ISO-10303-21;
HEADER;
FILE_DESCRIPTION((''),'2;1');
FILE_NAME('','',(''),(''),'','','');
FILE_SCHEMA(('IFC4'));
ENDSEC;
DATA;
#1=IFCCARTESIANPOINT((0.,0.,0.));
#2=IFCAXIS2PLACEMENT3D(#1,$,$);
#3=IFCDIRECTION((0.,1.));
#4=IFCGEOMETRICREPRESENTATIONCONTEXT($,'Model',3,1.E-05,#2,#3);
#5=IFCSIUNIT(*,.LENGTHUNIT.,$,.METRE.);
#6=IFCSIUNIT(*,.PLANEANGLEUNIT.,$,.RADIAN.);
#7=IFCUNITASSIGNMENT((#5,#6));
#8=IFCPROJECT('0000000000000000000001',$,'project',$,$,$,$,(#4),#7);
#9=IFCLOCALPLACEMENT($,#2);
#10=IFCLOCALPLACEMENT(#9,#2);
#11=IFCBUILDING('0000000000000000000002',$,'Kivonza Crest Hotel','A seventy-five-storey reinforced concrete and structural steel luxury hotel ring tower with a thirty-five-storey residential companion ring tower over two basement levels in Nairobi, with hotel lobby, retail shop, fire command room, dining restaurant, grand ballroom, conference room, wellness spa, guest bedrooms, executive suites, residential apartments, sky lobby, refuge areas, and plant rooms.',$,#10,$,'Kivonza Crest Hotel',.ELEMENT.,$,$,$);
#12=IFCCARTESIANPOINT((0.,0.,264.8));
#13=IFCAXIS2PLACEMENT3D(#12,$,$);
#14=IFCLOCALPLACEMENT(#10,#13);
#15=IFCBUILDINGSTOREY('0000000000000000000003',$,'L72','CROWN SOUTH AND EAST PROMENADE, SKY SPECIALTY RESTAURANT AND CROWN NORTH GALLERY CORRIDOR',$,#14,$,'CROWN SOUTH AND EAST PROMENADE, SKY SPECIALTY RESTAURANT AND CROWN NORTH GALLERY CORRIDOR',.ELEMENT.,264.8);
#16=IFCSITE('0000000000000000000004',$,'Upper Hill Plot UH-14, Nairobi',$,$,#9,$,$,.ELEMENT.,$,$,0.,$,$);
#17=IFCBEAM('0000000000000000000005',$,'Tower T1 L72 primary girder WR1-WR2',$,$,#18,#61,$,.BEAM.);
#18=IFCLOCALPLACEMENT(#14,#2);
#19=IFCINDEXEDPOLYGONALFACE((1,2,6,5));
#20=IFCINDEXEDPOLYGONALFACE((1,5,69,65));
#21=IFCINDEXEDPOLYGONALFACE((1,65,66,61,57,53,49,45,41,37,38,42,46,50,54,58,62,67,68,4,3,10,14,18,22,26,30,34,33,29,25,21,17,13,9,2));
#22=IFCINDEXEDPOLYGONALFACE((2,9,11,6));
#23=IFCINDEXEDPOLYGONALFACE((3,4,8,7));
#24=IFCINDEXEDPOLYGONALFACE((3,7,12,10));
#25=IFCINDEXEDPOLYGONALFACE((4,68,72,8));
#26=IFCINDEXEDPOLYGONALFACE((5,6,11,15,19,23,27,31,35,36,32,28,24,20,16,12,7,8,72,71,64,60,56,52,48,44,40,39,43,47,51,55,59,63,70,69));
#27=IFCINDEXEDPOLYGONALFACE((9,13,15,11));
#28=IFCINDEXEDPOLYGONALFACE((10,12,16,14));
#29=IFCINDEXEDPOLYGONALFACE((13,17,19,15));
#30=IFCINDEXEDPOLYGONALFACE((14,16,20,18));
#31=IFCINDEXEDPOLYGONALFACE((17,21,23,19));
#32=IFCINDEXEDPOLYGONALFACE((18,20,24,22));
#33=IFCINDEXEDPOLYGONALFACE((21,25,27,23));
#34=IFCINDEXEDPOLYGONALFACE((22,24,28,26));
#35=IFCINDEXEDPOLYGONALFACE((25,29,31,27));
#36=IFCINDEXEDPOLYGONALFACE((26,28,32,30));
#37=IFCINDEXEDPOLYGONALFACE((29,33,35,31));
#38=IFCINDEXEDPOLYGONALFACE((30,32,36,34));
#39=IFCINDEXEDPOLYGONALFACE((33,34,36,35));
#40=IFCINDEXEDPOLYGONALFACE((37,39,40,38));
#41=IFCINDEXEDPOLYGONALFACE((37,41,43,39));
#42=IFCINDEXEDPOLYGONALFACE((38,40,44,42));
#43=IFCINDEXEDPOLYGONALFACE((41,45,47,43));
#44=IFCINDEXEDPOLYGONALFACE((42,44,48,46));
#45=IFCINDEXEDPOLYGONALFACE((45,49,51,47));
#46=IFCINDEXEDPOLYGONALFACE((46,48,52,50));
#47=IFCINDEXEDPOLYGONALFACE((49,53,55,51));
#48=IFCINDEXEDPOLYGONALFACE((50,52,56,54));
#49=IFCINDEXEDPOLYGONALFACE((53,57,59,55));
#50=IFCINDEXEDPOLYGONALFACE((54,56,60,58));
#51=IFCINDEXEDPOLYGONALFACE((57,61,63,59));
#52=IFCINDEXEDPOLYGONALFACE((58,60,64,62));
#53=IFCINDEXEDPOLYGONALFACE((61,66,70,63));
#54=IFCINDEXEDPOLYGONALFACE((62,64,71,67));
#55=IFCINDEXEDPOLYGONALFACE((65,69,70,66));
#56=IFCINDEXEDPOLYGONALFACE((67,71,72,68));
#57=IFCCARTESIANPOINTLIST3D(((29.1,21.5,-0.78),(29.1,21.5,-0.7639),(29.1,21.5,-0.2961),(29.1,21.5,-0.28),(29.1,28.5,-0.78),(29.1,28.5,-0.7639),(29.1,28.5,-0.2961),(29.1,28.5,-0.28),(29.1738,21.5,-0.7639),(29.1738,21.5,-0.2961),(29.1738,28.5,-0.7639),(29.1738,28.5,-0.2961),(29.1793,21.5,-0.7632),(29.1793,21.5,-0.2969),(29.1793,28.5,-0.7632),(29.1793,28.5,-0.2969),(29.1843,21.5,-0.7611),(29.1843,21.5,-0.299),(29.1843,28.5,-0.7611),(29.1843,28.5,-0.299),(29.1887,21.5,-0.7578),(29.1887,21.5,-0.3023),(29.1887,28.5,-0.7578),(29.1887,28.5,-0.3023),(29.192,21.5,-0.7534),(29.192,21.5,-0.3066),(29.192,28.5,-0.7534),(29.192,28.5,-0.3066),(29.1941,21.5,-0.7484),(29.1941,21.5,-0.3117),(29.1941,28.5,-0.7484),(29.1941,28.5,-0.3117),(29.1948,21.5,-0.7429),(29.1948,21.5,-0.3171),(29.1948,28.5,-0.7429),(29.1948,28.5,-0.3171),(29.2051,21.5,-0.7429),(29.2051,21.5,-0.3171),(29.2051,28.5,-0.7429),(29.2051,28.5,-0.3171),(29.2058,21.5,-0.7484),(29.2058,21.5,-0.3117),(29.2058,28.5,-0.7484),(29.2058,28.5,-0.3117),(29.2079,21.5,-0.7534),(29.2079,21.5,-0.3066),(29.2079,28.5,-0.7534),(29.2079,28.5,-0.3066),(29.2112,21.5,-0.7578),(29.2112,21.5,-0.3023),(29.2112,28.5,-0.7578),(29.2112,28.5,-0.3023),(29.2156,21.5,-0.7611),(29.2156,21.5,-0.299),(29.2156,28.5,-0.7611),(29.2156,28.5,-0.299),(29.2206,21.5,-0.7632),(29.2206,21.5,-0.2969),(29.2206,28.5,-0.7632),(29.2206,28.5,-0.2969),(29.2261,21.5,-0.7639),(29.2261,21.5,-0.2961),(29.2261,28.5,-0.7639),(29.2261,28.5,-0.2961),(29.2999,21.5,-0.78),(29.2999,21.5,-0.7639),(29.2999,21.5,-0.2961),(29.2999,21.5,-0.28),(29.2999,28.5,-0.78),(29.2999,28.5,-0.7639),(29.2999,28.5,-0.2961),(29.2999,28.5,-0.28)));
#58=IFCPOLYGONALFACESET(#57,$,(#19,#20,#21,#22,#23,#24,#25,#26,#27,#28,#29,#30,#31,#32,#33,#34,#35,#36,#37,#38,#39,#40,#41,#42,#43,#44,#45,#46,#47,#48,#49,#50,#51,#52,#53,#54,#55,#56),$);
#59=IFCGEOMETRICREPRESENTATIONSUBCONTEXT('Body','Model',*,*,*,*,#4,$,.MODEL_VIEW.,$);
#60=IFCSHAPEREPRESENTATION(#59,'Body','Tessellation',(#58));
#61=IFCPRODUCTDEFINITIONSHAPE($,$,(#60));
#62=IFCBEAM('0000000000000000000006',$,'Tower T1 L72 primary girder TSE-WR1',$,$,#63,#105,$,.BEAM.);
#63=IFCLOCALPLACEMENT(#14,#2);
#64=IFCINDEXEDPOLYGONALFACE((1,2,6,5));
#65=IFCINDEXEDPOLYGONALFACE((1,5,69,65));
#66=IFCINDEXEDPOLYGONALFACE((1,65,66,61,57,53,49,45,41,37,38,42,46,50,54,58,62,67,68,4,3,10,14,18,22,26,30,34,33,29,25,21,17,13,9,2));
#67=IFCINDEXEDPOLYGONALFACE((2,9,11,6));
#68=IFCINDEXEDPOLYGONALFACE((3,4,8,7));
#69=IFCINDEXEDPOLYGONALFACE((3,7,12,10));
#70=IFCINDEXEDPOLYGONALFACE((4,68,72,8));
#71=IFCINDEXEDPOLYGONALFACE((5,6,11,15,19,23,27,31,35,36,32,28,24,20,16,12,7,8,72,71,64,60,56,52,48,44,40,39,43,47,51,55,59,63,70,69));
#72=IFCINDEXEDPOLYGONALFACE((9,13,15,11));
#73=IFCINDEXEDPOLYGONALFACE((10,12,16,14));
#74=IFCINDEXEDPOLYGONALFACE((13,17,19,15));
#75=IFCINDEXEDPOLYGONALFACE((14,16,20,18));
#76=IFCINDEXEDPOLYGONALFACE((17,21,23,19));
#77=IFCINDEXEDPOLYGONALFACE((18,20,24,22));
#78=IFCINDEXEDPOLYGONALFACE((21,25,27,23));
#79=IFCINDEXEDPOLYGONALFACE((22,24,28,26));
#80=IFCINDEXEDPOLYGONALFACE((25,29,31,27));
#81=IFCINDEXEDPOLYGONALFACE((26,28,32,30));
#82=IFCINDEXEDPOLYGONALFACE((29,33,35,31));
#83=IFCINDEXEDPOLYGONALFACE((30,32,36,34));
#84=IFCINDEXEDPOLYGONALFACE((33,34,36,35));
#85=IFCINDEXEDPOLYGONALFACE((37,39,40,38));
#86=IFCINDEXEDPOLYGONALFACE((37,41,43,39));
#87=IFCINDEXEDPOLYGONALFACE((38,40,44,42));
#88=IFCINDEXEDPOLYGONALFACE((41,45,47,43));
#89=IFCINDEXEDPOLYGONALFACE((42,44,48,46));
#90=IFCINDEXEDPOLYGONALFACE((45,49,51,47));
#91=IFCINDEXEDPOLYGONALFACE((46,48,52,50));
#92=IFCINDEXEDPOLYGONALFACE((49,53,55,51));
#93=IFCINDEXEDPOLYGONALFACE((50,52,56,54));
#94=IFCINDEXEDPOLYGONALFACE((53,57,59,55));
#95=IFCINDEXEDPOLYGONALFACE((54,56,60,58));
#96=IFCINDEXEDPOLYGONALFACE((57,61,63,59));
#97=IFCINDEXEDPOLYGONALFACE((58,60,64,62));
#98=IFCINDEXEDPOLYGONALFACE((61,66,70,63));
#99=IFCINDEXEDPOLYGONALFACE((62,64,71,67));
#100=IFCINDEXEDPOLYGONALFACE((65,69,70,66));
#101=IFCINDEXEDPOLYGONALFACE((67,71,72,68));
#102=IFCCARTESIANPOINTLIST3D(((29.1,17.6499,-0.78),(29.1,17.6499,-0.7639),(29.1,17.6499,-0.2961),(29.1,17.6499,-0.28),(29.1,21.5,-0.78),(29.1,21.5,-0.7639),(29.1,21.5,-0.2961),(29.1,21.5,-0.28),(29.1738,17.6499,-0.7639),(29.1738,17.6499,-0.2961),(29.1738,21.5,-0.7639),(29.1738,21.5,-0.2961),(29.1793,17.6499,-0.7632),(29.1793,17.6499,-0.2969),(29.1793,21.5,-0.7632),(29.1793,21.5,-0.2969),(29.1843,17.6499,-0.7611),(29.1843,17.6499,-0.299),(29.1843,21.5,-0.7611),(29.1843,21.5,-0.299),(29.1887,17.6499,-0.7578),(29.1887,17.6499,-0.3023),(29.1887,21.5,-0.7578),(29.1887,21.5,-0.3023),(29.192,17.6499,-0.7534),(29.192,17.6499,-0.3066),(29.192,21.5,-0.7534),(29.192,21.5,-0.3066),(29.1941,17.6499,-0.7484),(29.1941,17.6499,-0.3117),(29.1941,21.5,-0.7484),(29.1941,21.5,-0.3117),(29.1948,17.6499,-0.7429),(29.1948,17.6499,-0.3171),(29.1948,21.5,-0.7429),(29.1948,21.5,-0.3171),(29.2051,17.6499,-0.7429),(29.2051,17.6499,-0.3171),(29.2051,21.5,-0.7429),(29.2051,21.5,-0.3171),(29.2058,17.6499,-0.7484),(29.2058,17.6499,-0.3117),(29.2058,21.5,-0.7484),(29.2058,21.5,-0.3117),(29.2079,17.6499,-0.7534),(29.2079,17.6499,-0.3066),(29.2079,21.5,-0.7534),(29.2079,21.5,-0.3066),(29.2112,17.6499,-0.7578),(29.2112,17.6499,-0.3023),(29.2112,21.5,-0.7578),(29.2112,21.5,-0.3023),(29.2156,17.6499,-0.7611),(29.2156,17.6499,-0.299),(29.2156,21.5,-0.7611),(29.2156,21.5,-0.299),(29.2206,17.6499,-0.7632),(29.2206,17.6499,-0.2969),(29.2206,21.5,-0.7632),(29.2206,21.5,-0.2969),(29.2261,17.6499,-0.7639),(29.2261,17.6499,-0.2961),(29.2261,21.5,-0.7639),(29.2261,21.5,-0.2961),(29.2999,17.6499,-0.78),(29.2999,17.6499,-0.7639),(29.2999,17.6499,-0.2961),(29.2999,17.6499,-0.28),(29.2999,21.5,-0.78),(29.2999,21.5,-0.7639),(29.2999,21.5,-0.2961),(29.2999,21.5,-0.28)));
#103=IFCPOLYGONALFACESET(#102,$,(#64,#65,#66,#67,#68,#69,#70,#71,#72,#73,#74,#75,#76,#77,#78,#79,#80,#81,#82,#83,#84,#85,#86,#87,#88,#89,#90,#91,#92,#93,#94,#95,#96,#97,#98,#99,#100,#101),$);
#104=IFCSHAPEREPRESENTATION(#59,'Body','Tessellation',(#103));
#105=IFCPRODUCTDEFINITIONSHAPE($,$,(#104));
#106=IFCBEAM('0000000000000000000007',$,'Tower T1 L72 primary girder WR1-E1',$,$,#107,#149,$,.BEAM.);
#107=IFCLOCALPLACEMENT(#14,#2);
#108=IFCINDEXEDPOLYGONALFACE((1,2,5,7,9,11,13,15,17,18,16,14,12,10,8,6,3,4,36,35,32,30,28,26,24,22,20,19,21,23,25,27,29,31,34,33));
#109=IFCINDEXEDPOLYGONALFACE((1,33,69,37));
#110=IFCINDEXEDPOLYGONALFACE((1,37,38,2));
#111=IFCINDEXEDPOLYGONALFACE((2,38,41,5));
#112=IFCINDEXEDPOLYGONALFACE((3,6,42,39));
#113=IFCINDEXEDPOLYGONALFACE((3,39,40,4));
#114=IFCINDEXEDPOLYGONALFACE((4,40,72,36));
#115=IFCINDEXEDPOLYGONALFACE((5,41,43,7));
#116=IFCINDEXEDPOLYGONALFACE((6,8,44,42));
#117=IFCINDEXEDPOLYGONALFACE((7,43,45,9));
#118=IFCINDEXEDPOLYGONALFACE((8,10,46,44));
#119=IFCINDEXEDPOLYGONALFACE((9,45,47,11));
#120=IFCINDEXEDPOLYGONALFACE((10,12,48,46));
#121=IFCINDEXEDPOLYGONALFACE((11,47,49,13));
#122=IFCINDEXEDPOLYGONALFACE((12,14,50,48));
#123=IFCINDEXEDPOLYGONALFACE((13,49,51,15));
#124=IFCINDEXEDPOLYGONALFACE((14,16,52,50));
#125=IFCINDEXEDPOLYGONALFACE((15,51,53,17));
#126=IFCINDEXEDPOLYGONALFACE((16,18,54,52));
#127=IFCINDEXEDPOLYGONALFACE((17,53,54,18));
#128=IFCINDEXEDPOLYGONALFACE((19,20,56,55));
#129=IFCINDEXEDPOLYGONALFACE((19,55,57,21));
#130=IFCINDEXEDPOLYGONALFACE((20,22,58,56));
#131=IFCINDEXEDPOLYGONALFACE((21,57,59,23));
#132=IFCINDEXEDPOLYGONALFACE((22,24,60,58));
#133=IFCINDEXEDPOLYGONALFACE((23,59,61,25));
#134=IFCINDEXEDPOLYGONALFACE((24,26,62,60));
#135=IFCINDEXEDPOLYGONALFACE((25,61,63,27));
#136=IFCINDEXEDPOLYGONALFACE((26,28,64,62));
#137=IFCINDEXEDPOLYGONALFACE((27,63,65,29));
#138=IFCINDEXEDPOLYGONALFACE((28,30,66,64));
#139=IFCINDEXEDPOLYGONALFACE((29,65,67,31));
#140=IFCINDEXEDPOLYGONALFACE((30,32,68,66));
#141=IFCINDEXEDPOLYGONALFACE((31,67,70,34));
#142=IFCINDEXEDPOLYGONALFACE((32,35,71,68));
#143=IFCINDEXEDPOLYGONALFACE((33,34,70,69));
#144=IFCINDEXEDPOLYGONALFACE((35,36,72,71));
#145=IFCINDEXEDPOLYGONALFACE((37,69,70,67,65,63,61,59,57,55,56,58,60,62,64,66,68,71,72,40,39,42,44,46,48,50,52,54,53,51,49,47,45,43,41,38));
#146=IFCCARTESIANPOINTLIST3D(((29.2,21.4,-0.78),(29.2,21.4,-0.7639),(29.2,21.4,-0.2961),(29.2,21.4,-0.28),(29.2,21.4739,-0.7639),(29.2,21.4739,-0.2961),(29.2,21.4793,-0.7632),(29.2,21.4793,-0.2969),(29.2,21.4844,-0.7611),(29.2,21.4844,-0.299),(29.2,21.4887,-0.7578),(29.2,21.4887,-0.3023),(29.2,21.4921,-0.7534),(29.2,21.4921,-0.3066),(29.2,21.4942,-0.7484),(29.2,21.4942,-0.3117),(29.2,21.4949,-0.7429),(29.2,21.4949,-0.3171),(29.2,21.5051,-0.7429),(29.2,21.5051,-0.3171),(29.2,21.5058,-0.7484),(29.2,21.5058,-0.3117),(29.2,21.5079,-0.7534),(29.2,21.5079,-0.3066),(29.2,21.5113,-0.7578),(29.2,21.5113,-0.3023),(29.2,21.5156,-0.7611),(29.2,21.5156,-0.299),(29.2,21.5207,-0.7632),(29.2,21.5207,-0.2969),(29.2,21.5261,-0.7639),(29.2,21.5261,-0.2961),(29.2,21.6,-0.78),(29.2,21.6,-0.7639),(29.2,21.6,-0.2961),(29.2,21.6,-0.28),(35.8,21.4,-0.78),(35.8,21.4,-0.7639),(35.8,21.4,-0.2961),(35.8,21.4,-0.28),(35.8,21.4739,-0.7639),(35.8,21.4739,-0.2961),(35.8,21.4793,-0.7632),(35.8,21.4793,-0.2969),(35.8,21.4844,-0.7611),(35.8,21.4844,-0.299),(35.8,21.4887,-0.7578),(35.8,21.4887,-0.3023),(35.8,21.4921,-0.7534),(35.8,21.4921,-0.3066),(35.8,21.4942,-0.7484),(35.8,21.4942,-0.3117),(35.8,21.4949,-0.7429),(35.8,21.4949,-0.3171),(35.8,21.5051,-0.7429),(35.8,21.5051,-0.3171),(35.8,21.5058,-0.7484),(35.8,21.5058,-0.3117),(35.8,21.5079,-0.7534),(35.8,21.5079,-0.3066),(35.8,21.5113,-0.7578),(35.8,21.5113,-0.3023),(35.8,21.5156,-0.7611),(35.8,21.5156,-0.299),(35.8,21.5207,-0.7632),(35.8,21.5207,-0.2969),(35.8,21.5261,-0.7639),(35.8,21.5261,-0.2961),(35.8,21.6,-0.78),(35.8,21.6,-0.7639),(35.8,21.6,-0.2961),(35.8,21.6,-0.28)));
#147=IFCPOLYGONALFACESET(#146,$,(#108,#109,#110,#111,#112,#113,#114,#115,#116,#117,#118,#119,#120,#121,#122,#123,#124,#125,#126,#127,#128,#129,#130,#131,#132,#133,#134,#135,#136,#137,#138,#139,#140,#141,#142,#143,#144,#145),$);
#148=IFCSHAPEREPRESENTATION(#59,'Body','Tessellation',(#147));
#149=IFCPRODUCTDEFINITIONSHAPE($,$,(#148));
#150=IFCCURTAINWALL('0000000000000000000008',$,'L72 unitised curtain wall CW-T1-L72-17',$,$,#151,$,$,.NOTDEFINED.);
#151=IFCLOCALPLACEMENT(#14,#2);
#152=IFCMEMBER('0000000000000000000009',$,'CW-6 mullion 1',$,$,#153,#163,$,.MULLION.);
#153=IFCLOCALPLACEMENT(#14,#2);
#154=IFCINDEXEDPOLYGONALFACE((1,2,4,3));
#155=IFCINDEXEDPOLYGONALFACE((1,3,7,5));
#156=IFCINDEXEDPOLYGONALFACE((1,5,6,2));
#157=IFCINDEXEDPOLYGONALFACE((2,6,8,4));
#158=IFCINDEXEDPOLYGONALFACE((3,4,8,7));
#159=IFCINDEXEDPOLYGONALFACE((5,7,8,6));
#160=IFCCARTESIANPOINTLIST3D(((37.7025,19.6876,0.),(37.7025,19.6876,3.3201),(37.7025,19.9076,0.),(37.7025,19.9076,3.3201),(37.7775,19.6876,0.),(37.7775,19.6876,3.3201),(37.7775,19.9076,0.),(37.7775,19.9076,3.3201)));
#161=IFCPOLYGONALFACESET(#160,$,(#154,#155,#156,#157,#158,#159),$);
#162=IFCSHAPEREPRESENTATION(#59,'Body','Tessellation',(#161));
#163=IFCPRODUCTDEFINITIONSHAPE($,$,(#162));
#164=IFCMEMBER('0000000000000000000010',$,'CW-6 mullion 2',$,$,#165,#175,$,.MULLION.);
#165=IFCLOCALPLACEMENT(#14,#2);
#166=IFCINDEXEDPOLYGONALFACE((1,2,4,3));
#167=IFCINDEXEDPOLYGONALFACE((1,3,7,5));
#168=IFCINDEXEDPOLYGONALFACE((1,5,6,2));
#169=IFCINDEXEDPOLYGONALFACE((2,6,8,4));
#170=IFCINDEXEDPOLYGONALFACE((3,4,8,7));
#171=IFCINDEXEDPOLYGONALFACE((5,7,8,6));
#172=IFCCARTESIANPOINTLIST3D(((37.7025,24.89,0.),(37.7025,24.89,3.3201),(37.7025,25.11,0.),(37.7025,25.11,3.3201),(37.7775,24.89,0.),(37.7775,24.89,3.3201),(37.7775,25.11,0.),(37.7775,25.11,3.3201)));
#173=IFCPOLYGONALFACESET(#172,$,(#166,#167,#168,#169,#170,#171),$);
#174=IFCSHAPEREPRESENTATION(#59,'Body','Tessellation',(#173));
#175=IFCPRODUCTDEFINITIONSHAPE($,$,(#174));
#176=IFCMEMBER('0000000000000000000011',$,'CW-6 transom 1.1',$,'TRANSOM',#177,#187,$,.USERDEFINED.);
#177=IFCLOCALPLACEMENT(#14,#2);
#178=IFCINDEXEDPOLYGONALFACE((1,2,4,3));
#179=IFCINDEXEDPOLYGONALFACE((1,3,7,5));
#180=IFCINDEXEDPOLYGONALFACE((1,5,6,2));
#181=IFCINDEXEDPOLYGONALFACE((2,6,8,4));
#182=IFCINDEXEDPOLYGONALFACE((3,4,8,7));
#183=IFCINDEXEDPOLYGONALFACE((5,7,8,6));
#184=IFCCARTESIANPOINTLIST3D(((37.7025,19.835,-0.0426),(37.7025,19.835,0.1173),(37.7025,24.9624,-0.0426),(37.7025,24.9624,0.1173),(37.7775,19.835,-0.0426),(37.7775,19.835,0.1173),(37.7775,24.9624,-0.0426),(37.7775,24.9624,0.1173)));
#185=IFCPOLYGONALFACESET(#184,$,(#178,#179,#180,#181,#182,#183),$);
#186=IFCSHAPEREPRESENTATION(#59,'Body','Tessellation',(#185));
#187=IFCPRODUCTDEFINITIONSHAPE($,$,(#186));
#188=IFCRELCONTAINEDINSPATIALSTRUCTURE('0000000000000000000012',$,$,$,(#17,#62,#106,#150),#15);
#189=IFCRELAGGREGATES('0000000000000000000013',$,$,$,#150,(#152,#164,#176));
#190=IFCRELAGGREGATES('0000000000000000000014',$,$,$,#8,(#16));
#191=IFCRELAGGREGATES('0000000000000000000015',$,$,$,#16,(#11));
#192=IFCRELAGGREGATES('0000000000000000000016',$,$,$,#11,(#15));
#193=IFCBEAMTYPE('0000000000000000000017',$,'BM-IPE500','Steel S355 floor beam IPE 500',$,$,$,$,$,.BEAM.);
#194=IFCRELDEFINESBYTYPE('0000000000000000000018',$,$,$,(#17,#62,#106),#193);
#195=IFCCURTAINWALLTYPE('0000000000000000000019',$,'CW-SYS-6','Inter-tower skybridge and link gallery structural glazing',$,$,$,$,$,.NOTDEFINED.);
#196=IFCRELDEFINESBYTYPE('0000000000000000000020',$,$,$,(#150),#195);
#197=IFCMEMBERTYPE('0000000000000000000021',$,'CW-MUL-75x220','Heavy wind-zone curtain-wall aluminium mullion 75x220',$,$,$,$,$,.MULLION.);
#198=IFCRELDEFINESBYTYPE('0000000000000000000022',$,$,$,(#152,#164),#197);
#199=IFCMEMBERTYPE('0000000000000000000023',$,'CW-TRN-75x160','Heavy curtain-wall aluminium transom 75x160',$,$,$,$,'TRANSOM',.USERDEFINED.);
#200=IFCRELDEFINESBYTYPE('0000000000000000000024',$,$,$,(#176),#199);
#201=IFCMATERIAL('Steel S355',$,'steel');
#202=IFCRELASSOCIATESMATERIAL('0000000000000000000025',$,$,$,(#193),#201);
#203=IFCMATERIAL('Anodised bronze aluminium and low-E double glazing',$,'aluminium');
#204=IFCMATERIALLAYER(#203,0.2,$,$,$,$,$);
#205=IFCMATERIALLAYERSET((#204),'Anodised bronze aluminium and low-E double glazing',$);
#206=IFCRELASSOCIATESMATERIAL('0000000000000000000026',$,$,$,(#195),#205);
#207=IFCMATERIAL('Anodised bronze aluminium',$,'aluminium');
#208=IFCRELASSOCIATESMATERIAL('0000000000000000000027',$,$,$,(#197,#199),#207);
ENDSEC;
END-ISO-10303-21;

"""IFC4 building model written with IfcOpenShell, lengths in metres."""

from ifc_helpers import new_model, si_unit, direction, frame, origin, origin_2d, place, context, subcontext, project, spatial, rectangle, i_section, extrude, material, layer, layer_set, material_profile, profile_set, type_object, element, aggregate, save


model = new_model("IFC4")

# Units and contexts
model_context = context("Model", 3, precision=1e-05, world=origin(), true_north=direction((0.0, 1.0)))
body_context = subcontext(model_context, "Body", "Model", "MODEL_VIEW")
ifc_project = project(units=[si_unit("LENGTHUNIT", "METRE"), si_unit("PLANEANGLEUNIT", "RADIAN")], contexts=[model_context])

# Site, building, storey
site_placement = place(None, origin())
site = spatial("IfcSite", under=ifc_project, at=site_placement, Name="Upper Hill Plot UH-14, Nairobi", CompositionType="ELEMENT", RefElevation=0.0)
building_placement = place(site_placement, origin())
building = spatial("IfcBuilding", under=site, at=building_placement, Name="Kivonza Crest Hotel", Description="A seventy-five-storey reinforced concrete and structural steel luxury hotel ring tower with a thirty-five-storey residential companion ring tower over two basement levels in Nairobi, with hotel lobby, retail shop, fire command room, dining restaurant, grand ballroom, conference room, wellness spa, guest bedrooms, executive suites, residential apartments, sky lobby, refuge areas, and plant rooms.", LongName="Kivonza Crest Hotel", CompositionType="ELEMENT")
storey_placement = place(building_placement, frame((0.0, 0.0, 264.8)))
storey = spatial("IfcBuildingStorey", under=building, at=storey_placement, Name="L72", Description="CROWN SOUTH AND EAST PROMENADE, SKY SPECIALTY RESTAURANT AND CROWN NORTH GALLERY CORRIDOR", LongName="CROWN SOUTH AND EAST PROMENADE, SKY SPECIALTY RESTAURANT AND CROWN NORTH GALLERY CORRIDOR", CompositionType="ELEMENT", Elevation=264.8)

# Beams
ifc_material_1 = material(Name="Steel S355", Category="steel")
ifc_material_profile_1 = material_profile(ifc_material_1, i_section(OverallWidth=0.2, OverallDepth=0.5, WebThickness=0.0103, FlangeThickness=0.0161, FilletRadius=0.021, at=origin_2d()), Name="IPE 500")
ifc_profile_set_1 = profile_set([ifc_material_profile_1], Name="Steel S355")
beam_type_1 = type_object("IfcBeamType", Name="BM-IPE500", Description="Steel S355 floor beam IPE 500", PredefinedType="BEAM", material=ifc_profile_set_1)
beam_1_placement = place(storey_placement, frame((29.2, 21.5, -0.53), z_axis=(0.0, 1.0, 0.0), x_axis=(-1.0, 0.0, 0.0)))
element("IfcBeam", 1, at=beam_1_placement, inside=storey, type_object=beam_type_1, Name="Tower T1 L72 primary girder WR1-WR2", PredefinedType="BEAM", context=body_context, shape_type="SweptSolid", body=[
    extrude(i_section(OverallWidth=0.2, OverallDepth=0.5, WebThickness=0.0103, FlangeThickness=0.0161, FilletRadius=0.021, at=origin_2d()), origin(), (0.0, 0.0, 1.0), 7.0),
])
beam_2_placement = place(storey_placement, frame((29.2, 17.6499, -0.53), z_axis=(0.0, 1.0, 0.0), x_axis=(-1.0, 0.0, 0.0)))
element("IfcBeam", 2, at=beam_2_placement, inside=storey, type_object=beam_type_1, Name="Tower T1 L72 primary girder TSE-WR1", PredefinedType="BEAM", context=body_context, shape_type="SweptSolid", body=[
    extrude(i_section(OverallWidth=0.2, OverallDepth=0.5, WebThickness=0.0103, FlangeThickness=0.0161, FilletRadius=0.021, at=origin_2d()), origin(), (0.0, 0.0, 1.0), 3.8501),
])
beam_3_placement = place(storey_placement, frame((29.2, 21.5, -0.53), z_axis=(1.0, 0.0, 0.0), x_axis=(0.0, 1.0, 0.0)))
element("IfcBeam", 3, at=beam_3_placement, inside=storey, type_object=beam_type_1, Name="Tower T1 L72 primary girder WR1-E1", PredefinedType="BEAM", context=body_context, shape_type="SweptSolid", body=[
    extrude(i_section(OverallWidth=0.2, OverallDepth=0.5, WebThickness=0.0103, FlangeThickness=0.0161, FilletRadius=0.021, at=origin_2d()), origin(), (0.0, 0.0, 1.0), 6.6001),
])

# Curtain wall, members
ifc_material_2 = material(Name="Anodised bronze aluminium and low-E double glazing", Category="aluminium")
ifc_layer_1 = layer(ifc_material_2, 0.2)
ifc_layer_set_1 = layer_set([ifc_layer_1], Name="Anodised bronze aluminium and low-E double glazing")
curtain_wall_type = type_object("IfcCurtainWallType", Name="CW-SYS-6", Description="Inter-tower skybridge and link gallery structural glazing", PredefinedType="NOTDEFINED", material=ifc_layer_set_1)
curtain_wall_placement = place(storey_placement, origin())
curtain_wall = element("IfcCurtainWall", 4, at=curtain_wall_placement, inside=storey, type_object=curtain_wall_type, Name="L72 unitised curtain wall CW-T1-L72-17", PredefinedType="NOTDEFINED")
ifc_material_3 = material(Name="Anodised bronze aluminium", Category="aluminium")
ifc_material_profile_2 = material_profile(ifc_material_3, rectangle(XDim=0.075, YDim=0.22, at=origin_2d()), Name="CW-M 75x220")
ifc_profile_set_2 = profile_set([ifc_material_profile_2], Name="Anodised bronze aluminium")
member_type_1 = type_object("IfcMemberType", Name="CW-MUL-75x220", Description="Heavy wind-zone curtain-wall aluminium mullion 75x220", PredefinedType="MULLION", material=ifc_profile_set_2)
member_1_placement = place(storey_placement, frame((37.74, 19.7976, 0.0), z_axis=(0.0, 0.0, 1.0), x_axis=(-1.0, 0.0, 0.0)))
member_1 = element("IfcMember", 5, at=member_1_placement, type_object=member_type_1, Name="CW-6 mullion 1", PredefinedType="MULLION", context=body_context, shape_type="SweptSolid", body=[
    extrude(rectangle(XDim=0.075, YDim=0.22, at=origin_2d()), origin(), (0.0, 0.0, 1.0), 3.3201),
])
member_2_placement = place(storey_placement, frame((37.74, 25.0, 0.0), z_axis=(0.0, 0.0, 1.0), x_axis=(-1.0, 0.0, 0.0)))
member_2 = element("IfcMember", 6, at=member_2_placement, type_object=member_type_1, Name="CW-6 mullion 2", PredefinedType="MULLION", context=body_context, shape_type="SweptSolid", body=[
    extrude(rectangle(XDim=0.075, YDim=0.22, at=origin_2d()), origin(), (0.0, 0.0, 1.0), 3.3201),
])
ifc_material_profile_3 = material_profile(ifc_material_3, rectangle(XDim=0.075, YDim=0.1599, at=origin_2d()), Name="CW-T 75x160")
ifc_profile_set_3 = profile_set([ifc_material_profile_3], Name="Anodised bronze aluminium")
member_type_2 = type_object("IfcMemberType", Name="CW-TRN-75x160", Description="Heavy curtain-wall aluminium transom 75x160", ElementType="TRANSOM", PredefinedType="USERDEFINED", material=ifc_profile_set_3)
member_3_placement = place(storey_placement, frame((37.74, 19.835, 0.0374), z_axis=(0.0, 1.0, 0.0), x_axis=(-1.0, 0.0, 0.0)))
member_3 = element("IfcMember", 7, at=member_3_placement, type_object=member_type_2, Name="CW-6 transom 1.1", ObjectType="TRANSOM", PredefinedType="USERDEFINED", context=body_context, shape_type="SweptSolid", body=[
    extrude(rectangle(XDim=0.075, YDim=0.1599, at=origin_2d()), origin(), (0.0, 0.0, 1.0), 5.1274),
])
aggregate(curtain_wall, [member_1, member_2, member_3])

save(model, "model.ifc")
